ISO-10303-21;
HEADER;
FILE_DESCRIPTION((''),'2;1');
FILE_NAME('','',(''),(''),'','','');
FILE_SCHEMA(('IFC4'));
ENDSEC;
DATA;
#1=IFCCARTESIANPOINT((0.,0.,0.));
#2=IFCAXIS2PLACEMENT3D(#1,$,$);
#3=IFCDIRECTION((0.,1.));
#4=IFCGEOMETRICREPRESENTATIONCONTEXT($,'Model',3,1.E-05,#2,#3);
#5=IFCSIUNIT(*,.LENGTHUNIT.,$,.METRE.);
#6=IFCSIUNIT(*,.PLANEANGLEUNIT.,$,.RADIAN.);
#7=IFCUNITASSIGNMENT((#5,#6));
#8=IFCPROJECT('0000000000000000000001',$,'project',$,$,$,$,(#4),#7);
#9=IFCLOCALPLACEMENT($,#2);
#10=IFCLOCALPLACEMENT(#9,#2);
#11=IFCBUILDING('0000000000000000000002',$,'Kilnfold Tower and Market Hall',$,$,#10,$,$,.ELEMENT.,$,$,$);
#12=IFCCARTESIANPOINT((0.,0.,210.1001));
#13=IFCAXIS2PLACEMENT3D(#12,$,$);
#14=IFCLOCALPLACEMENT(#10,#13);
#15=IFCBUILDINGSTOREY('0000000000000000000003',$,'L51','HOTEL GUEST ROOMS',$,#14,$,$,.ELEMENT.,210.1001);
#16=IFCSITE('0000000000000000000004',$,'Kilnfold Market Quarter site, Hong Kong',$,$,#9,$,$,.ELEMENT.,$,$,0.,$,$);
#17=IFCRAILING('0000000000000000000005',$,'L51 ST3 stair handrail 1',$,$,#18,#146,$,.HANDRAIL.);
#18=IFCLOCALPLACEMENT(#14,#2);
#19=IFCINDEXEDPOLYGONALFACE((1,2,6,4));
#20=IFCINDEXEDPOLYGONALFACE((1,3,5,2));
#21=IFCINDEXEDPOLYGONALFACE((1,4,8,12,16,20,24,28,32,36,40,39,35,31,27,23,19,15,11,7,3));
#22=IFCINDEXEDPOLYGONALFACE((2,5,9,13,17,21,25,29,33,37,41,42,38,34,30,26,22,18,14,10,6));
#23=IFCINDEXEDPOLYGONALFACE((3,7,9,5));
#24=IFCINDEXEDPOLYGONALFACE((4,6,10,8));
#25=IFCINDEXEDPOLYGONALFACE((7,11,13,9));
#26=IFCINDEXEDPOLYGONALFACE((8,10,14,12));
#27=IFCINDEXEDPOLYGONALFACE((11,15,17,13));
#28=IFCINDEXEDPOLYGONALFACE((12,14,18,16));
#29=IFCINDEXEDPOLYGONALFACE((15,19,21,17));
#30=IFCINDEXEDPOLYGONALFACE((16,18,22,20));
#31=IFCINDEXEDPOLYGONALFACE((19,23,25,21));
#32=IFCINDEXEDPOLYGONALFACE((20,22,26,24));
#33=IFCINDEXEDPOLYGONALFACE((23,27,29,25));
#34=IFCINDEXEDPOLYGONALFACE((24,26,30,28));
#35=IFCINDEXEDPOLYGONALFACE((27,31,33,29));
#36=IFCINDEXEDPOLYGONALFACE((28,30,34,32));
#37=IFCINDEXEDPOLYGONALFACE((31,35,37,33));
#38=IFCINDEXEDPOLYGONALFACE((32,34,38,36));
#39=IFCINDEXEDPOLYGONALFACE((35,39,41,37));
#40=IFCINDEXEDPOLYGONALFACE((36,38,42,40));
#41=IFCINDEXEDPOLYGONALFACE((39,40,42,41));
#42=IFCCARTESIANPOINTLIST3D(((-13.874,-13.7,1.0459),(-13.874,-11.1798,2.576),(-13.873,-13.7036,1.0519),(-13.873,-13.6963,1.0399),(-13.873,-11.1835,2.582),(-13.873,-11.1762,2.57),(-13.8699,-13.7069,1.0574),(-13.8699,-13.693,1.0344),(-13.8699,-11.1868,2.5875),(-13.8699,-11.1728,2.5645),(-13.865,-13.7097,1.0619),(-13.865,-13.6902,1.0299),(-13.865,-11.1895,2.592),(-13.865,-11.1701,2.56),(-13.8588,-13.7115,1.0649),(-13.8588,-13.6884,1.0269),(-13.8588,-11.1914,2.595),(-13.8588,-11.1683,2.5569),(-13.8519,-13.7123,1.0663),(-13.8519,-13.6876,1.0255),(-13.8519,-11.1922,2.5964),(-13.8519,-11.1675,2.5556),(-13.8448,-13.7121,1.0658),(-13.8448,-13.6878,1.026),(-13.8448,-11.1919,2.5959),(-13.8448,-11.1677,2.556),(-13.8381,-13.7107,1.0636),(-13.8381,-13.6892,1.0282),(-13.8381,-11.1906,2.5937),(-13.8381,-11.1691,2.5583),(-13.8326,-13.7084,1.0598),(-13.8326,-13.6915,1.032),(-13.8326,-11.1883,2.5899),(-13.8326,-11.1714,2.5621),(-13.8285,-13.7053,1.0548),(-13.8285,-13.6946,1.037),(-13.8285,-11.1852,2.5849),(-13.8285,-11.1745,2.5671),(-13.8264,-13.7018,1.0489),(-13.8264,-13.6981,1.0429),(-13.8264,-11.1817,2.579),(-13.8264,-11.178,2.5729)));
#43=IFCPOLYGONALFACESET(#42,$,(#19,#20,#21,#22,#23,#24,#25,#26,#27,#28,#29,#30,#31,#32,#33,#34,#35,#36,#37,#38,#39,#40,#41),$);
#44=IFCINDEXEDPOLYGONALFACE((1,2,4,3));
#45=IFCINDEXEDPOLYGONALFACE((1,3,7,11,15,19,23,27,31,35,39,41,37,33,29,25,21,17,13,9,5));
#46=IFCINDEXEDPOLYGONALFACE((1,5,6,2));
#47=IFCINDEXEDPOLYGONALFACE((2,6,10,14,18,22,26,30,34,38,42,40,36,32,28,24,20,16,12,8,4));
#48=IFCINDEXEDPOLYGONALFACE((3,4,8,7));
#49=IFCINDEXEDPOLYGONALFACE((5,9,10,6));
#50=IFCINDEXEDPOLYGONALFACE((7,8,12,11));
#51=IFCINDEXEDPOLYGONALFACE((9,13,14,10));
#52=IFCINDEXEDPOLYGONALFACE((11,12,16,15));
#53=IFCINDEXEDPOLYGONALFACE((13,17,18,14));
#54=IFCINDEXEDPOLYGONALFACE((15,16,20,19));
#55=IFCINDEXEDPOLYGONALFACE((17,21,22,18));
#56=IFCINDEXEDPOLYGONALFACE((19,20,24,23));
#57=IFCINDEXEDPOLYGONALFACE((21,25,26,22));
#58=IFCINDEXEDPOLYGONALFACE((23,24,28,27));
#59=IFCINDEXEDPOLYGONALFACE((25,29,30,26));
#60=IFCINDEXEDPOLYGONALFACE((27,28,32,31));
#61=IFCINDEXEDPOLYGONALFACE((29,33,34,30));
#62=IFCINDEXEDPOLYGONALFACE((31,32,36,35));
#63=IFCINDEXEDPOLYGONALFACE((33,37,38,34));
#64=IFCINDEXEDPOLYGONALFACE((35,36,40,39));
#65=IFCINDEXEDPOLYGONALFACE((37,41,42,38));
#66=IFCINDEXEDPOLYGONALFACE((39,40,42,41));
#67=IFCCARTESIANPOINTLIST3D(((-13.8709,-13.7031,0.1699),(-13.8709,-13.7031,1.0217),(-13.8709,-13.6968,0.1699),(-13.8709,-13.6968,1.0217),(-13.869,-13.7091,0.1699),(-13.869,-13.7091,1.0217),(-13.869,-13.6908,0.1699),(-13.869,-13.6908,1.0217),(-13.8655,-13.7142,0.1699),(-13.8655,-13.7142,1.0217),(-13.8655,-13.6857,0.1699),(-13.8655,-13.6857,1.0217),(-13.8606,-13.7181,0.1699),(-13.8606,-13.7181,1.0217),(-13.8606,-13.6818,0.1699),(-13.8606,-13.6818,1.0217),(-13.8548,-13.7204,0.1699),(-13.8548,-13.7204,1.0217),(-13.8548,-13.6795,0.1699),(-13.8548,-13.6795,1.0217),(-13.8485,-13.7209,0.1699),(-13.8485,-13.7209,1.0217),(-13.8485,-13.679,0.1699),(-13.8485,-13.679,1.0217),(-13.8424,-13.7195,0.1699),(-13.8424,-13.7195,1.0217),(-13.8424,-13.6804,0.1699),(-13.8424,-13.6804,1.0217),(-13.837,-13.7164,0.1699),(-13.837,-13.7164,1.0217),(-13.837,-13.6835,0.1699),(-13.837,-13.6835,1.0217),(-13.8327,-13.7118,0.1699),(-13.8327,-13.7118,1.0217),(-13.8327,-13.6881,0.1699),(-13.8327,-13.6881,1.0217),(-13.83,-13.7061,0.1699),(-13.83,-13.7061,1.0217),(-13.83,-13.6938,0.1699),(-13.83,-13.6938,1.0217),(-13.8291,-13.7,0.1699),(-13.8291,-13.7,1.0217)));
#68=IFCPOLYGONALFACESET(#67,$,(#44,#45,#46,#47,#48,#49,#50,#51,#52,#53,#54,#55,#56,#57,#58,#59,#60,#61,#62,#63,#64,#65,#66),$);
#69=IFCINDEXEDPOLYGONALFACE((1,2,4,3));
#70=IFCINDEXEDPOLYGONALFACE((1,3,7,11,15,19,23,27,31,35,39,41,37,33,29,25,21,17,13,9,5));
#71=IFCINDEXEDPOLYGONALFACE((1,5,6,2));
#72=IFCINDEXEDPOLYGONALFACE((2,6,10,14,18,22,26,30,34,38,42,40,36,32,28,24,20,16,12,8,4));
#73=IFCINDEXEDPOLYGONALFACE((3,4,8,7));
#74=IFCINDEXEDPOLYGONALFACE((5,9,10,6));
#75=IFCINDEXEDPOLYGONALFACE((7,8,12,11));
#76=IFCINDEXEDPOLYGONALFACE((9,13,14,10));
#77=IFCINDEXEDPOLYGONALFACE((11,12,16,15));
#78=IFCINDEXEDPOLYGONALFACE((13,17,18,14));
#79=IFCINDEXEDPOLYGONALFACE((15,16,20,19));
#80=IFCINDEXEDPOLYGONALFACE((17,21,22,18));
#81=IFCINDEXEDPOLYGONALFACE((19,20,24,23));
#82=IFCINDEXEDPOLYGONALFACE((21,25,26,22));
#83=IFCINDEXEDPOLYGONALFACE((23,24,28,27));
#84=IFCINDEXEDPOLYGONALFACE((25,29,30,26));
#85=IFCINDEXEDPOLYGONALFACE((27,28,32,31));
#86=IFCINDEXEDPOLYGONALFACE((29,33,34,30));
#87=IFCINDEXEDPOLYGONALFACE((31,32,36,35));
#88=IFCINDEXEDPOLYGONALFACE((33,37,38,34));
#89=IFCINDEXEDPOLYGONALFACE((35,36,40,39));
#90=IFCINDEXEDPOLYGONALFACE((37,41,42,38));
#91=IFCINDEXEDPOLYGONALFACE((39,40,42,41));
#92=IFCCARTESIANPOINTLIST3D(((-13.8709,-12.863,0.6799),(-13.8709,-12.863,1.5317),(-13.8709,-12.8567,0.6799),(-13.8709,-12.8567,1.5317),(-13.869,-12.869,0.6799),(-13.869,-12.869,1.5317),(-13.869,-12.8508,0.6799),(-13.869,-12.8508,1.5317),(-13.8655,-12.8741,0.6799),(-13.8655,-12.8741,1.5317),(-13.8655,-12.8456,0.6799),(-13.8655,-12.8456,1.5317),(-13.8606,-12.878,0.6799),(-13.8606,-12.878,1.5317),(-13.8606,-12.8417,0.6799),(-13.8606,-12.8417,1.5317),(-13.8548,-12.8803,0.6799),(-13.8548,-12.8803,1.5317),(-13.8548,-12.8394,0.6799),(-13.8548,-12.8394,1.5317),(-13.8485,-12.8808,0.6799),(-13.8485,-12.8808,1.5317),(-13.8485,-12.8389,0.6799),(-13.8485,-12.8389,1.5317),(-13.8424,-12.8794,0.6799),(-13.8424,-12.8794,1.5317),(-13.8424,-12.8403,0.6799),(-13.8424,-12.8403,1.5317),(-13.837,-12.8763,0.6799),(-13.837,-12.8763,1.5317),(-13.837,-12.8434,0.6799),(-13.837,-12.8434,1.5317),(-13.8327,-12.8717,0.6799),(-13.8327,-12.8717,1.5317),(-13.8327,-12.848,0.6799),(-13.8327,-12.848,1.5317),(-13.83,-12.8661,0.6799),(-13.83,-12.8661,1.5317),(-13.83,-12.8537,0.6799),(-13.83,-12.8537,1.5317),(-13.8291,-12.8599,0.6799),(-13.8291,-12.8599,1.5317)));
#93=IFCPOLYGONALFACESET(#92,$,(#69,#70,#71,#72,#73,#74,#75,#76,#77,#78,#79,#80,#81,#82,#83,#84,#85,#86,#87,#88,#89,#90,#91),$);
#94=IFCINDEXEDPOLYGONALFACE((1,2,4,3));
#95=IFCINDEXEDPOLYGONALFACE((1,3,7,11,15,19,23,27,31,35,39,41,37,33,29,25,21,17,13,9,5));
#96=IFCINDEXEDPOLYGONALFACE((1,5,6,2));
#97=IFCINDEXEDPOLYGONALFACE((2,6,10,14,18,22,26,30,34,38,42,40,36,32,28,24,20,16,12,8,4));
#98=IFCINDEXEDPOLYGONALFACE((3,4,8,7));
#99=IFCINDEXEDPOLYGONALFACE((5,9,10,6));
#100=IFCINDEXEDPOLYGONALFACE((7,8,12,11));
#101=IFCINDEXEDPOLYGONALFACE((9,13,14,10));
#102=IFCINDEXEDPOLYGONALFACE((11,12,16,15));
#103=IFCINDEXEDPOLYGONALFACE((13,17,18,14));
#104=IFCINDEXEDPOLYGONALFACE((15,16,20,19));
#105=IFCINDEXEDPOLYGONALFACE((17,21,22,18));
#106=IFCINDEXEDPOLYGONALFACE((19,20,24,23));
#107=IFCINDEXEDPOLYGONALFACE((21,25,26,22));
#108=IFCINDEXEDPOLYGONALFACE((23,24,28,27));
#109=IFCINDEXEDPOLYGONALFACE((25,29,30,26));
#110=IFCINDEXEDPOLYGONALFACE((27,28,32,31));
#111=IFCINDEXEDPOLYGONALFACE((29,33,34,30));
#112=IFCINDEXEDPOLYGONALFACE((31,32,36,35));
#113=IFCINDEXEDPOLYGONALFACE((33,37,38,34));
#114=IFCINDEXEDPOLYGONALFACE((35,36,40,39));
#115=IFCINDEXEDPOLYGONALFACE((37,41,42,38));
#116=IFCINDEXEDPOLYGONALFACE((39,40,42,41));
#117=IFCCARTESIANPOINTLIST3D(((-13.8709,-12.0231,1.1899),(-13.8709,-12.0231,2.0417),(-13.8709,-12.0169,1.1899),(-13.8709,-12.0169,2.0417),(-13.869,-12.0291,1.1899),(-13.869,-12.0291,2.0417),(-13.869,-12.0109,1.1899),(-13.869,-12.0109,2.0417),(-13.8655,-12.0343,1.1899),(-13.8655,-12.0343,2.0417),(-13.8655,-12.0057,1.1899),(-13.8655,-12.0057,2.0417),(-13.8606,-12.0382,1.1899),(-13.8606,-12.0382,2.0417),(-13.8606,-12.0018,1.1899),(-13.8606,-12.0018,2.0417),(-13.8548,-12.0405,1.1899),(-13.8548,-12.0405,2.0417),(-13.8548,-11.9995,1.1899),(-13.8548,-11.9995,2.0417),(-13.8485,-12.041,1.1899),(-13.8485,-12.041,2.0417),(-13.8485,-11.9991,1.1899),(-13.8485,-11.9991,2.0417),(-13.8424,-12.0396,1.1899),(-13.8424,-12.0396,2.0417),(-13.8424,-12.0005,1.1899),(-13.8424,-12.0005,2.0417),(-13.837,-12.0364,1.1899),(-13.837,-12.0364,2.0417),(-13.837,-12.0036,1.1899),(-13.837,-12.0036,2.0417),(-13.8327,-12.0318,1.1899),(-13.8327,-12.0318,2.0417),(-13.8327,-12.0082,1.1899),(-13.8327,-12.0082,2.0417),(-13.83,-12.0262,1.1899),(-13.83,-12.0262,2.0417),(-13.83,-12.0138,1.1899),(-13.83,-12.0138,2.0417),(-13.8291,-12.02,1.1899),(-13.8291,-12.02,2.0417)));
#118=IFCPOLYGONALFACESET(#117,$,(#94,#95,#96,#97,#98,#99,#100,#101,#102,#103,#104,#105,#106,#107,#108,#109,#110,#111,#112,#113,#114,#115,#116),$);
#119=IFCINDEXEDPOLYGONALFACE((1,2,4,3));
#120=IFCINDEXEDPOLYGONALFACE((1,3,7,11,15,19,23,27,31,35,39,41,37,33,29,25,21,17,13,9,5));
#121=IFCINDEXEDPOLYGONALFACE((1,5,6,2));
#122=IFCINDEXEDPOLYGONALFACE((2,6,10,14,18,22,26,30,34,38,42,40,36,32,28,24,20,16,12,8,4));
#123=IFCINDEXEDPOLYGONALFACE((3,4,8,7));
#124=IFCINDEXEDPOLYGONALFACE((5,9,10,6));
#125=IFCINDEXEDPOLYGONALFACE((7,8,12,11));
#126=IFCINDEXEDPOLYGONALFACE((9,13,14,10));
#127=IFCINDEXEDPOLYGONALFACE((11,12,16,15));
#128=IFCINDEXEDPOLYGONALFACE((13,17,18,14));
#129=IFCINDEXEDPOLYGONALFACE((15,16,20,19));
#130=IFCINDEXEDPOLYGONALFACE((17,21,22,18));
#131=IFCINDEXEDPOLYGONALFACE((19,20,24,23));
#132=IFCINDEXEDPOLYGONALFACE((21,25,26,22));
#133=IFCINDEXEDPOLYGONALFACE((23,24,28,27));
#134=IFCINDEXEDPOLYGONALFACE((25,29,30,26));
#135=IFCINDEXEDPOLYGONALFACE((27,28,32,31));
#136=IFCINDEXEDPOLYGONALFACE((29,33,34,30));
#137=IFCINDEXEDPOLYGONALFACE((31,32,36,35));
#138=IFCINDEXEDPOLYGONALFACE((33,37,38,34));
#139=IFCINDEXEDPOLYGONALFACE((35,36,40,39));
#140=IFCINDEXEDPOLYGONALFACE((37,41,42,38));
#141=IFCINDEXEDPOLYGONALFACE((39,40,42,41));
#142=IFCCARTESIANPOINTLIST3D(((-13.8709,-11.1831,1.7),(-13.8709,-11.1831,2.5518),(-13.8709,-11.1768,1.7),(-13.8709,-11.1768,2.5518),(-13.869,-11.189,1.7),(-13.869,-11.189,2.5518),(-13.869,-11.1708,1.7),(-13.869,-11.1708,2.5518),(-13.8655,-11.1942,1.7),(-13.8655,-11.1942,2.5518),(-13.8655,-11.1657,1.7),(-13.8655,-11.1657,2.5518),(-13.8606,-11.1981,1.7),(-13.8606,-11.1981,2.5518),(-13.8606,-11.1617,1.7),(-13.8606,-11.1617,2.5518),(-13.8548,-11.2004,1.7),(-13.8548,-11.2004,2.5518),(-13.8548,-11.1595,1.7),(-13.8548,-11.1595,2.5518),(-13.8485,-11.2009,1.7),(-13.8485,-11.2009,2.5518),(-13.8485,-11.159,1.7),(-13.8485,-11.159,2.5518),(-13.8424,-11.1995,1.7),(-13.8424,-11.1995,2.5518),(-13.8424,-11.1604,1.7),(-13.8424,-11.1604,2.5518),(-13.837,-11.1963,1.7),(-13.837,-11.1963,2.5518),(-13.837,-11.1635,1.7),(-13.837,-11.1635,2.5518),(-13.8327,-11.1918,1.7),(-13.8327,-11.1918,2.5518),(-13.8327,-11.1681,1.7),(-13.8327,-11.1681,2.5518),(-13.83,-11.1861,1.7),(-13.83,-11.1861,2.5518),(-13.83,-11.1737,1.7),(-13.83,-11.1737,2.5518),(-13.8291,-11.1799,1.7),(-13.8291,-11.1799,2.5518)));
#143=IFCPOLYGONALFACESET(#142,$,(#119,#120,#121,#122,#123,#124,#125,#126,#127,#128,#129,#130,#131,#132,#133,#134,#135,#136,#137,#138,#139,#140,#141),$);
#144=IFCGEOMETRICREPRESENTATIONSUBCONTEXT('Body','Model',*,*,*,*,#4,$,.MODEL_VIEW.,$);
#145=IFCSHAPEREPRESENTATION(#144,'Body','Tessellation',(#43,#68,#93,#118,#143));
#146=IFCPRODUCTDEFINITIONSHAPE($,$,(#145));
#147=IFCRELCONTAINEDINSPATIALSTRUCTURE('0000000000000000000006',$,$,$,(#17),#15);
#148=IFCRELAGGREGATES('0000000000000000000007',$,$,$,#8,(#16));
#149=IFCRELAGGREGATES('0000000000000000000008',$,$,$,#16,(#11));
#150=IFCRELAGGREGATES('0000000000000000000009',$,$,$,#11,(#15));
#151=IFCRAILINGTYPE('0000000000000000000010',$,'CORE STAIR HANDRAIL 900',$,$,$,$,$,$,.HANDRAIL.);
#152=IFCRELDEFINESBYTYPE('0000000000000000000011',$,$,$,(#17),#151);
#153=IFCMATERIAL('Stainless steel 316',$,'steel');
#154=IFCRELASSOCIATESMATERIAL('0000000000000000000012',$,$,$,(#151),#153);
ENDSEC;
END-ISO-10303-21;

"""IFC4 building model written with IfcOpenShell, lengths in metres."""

from ifc_helpers import new_model, si_unit, direction, frame, origin, origin_2d, place, context, subcontext, project, spatial, circle, extrude, material, type_object, element, save


model = new_model("IFC4")

# Units and contexts
model_context = context("Model", 3, precision=1e-05, world=origin(), true_north=direction((0.0, 1.0)))
body_context = subcontext(model_context, "Body", "Model", "MODEL_VIEW")
ifc_project = project(units=[si_unit("LENGTHUNIT", "METRE"), si_unit("PLANEANGLEUNIT", "RADIAN")], contexts=[model_context])

# Site, building, storey
site_placement = place(None, origin())
site = spatial("IfcSite", under=ifc_project, at=site_placement, Name="Kilnfold Market Quarter site, Hong Kong", CompositionType="ELEMENT", RefElevation=0.0)
building_placement = place(site_placement, origin())
building = spatial("IfcBuilding", under=site, at=building_placement, Name="Kilnfold Tower and Market Hall", CompositionType="ELEMENT")
storey_placement = place(building_placement, frame((0.0, 0.0, 210.1001)))
storey = spatial("IfcBuildingStorey", under=building, at=storey_placement, Name="L51", Description="HOTEL GUEST ROOMS", CompositionType="ELEMENT", Elevation=210.1001)

# Railing
ifc_material_1 = material(Name="Stainless steel 316", Category="steel")
railing_type_1 = type_object("IfcRailingType", Name="CORE STAIR HANDRAIL 900", PredefinedType="HANDRAIL", material=ifc_material_1)
railing_1_placement = place(storey_placement, frame((-13.8501, -13.7, 0.1699)))
element("IfcRailing", 1, at=railing_1_placement, inside=storey, type_object=railing_type_1, Name="L51 ST3 stair handrail 1", PredefinedType="HANDRAIL", context=body_context, shape_type="SweptSolid", body=[
    extrude(circle(Radius=0.0239, at=origin_2d()), frame((0.0, 0.0, 0.876), z_axis=(0.0, 0.854785, 0.518982), x_axis=(-1.0, 0.0, 0.0)), (0.0, 0.0, 1.0), 2.9482),
    extrude(circle(Radius=0.021, at=origin_2d()), origin(), (0.0, 0.0, 1.0), 0.8518),
    extrude(circle(Radius=0.021, at=origin_2d()), frame((0.0, 0.8401, 0.51)), (0.0, 0.0, 1.0), 0.8518),
    extrude(circle(Radius=0.021, at=origin_2d()), frame((0.0, 1.6799, 1.02)), (0.0, 0.0, 1.0), 0.8518),
    extrude(circle(Radius=0.021, at=origin_2d()), frame((0.0, 2.52, 1.53)), (0.0, 0.0, 1.0), 0.8518),
])

save(model, "model.ifc")
